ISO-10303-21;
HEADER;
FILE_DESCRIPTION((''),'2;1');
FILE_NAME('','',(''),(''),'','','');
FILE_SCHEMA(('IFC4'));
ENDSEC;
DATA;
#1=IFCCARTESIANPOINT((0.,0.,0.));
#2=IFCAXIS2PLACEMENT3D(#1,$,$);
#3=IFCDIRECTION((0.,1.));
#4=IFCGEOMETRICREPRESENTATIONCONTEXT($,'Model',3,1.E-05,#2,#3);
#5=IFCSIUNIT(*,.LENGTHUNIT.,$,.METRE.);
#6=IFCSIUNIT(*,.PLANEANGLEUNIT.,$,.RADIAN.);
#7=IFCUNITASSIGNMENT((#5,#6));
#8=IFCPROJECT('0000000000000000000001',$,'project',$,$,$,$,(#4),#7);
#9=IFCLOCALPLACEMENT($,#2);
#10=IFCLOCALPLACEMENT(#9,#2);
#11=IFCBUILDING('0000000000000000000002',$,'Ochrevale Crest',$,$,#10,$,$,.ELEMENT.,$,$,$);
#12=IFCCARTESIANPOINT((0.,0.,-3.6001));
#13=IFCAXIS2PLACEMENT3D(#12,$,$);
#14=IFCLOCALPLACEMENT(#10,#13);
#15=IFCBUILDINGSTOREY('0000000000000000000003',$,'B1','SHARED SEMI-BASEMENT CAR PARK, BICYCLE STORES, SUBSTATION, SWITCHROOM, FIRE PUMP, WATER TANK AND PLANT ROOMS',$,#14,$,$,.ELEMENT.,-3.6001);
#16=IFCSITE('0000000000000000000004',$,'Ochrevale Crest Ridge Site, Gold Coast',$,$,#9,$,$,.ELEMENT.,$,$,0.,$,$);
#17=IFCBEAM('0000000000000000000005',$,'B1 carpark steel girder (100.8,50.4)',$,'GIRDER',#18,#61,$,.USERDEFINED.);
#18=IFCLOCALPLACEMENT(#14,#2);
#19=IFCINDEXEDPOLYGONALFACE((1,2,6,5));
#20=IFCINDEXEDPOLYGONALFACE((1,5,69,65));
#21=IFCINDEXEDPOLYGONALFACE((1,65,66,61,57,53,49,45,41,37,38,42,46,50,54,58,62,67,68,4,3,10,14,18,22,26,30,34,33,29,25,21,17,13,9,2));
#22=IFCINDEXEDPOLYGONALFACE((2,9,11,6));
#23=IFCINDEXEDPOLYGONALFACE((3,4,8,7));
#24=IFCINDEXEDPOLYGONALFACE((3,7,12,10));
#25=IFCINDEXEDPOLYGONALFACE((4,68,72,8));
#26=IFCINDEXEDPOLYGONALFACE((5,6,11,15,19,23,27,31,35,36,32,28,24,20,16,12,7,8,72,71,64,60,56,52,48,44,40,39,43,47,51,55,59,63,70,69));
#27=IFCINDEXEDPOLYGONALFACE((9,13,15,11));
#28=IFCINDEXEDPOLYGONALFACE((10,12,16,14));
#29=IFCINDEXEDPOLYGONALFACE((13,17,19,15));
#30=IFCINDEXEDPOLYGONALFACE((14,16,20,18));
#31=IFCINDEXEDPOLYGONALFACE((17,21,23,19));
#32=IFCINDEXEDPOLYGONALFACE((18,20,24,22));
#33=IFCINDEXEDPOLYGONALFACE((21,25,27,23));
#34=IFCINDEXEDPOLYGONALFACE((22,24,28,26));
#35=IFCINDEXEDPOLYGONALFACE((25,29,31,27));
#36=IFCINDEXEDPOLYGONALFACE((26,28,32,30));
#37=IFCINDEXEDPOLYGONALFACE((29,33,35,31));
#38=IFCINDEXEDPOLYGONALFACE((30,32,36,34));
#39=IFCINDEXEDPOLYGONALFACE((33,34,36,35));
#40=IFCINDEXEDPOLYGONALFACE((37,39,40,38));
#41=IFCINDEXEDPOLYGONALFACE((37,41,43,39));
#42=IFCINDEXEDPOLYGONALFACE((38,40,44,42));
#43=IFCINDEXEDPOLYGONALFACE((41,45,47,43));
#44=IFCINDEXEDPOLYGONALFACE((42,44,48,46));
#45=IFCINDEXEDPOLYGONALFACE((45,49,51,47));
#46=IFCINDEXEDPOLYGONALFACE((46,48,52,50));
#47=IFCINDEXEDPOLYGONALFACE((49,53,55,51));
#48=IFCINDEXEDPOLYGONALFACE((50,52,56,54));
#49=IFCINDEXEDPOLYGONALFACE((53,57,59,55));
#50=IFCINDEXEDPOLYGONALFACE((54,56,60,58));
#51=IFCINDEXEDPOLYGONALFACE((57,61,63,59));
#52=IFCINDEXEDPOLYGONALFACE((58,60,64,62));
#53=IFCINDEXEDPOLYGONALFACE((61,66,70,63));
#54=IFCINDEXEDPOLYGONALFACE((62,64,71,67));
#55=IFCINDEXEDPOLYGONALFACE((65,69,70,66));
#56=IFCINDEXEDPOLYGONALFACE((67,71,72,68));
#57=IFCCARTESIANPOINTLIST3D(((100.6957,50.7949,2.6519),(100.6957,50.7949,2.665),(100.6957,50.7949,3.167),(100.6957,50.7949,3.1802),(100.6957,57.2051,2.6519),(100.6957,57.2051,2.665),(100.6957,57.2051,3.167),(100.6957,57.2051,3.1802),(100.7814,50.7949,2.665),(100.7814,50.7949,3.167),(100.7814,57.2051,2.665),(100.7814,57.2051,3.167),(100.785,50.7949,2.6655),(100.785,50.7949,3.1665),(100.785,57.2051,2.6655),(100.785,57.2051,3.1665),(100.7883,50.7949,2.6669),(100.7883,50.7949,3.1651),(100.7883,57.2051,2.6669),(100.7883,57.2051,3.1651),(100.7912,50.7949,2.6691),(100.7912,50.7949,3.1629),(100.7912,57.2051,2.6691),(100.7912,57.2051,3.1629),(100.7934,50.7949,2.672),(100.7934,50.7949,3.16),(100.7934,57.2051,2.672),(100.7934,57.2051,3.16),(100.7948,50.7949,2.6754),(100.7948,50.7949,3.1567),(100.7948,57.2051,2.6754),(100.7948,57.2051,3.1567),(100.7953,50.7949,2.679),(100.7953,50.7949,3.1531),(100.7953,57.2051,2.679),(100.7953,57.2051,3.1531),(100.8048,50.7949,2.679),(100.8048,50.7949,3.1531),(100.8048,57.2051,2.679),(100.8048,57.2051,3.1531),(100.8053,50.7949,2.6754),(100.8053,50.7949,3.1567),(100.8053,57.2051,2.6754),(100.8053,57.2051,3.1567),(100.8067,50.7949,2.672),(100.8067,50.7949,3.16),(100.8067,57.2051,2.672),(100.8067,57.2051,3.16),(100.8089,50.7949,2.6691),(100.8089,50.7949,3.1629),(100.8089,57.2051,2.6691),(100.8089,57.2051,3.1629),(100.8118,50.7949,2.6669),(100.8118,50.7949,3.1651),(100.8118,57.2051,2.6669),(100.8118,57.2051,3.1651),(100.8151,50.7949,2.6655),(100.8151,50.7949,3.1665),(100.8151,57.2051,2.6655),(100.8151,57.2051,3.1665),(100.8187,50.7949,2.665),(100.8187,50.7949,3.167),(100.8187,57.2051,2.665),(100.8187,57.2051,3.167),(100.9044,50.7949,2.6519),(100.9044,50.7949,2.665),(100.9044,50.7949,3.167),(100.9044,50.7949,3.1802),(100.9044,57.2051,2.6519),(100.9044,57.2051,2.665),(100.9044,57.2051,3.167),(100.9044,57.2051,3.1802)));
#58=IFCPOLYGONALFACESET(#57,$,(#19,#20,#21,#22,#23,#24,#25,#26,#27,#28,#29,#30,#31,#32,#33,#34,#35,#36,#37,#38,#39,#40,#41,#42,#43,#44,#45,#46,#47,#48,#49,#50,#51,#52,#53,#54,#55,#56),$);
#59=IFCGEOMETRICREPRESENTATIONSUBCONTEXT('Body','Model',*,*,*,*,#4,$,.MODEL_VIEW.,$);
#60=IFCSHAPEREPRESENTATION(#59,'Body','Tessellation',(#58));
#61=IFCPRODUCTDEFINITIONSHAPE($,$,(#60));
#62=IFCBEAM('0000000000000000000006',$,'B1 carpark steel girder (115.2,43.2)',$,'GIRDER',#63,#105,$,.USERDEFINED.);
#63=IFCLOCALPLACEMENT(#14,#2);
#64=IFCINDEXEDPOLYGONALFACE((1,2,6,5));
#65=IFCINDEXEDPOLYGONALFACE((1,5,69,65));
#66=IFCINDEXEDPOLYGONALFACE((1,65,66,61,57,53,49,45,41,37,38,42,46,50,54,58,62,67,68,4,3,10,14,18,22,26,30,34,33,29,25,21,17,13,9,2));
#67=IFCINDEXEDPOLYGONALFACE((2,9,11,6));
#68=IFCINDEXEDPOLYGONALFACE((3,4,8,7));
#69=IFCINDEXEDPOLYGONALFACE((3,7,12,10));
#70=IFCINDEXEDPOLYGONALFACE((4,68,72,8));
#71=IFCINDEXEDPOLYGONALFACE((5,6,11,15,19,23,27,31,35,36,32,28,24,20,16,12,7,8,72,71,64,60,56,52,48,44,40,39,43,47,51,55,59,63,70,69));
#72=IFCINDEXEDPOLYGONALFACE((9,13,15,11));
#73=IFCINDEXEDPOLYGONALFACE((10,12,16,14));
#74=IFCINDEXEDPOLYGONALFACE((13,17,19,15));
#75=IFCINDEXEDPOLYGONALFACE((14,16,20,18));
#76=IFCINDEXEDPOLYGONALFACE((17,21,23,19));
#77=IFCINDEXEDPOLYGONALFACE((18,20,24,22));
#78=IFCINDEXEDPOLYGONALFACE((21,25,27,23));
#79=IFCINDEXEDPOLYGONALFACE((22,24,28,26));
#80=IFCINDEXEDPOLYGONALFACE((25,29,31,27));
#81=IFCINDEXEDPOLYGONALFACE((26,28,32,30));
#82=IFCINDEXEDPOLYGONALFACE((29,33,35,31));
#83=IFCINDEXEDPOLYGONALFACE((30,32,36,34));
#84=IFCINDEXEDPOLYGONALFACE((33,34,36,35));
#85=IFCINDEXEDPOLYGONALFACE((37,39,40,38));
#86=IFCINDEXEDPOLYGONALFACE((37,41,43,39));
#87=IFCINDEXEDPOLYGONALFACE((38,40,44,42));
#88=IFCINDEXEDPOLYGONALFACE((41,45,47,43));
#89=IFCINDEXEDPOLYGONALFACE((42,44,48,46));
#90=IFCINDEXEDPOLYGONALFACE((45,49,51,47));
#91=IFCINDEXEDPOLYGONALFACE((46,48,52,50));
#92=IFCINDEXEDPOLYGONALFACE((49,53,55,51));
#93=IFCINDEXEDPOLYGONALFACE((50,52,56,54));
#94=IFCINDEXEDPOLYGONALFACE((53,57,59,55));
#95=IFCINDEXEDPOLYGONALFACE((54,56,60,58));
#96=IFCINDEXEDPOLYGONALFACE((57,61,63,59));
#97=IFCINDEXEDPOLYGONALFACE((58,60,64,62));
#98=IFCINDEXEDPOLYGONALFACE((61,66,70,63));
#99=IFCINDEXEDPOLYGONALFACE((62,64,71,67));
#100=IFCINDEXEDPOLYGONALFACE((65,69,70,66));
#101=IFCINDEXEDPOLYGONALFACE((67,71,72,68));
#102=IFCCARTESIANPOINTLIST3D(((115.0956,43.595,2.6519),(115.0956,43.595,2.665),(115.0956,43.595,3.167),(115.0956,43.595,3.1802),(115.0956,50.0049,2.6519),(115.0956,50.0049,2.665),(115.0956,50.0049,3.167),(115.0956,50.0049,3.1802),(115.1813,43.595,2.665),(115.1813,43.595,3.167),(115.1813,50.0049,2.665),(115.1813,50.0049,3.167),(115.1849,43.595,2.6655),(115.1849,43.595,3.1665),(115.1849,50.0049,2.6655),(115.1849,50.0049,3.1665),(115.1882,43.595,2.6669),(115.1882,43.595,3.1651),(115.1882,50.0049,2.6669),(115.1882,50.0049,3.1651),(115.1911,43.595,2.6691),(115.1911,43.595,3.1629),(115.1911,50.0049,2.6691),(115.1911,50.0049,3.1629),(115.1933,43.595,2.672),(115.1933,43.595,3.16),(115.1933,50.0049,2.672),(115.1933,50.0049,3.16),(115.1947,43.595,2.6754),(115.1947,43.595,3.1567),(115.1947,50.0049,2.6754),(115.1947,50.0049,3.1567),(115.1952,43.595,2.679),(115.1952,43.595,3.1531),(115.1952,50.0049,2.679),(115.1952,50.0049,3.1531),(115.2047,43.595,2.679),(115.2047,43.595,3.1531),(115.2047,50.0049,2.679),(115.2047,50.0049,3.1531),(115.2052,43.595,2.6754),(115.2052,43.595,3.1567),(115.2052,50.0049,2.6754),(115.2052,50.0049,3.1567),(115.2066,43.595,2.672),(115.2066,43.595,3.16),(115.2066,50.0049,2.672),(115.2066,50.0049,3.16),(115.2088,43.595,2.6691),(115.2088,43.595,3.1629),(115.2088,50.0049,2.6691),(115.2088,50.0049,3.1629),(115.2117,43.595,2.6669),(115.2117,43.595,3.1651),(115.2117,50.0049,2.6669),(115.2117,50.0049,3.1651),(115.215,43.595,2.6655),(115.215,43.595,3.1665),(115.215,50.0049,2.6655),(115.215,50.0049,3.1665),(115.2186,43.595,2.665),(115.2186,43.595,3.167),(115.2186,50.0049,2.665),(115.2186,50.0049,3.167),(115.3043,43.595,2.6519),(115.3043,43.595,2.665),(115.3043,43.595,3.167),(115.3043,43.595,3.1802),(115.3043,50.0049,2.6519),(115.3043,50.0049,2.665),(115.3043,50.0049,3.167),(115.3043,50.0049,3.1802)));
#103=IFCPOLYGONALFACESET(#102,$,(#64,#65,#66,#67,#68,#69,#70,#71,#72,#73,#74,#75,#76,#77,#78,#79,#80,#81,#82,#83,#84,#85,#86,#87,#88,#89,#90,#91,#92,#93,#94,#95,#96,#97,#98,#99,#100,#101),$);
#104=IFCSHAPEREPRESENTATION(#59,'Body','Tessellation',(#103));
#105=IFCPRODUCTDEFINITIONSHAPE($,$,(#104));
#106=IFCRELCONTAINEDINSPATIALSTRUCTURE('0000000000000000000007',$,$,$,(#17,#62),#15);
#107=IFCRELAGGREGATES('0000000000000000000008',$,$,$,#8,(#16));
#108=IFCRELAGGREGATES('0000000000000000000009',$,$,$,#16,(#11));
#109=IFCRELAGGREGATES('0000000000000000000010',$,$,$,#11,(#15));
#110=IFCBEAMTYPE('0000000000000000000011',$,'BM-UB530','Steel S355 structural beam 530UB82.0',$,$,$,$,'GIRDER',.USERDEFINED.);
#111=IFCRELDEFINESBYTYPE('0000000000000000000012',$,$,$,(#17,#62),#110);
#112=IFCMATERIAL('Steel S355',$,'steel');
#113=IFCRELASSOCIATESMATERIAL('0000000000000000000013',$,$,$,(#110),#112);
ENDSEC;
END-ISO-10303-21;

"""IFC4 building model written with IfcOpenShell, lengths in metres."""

from ifc_helpers import new_model, si_unit, direction, frame, origin, origin_2d, place, context, subcontext, project, spatial, i_section, extrude, material, material_profile, profile_set, type_object, element, save


model = new_model("IFC4")

# Units and contexts
model_context = context("Model", 3, precision=1e-05, world=origin(), true_north=direction((0.0, 1.0)))
body_context = subcontext(model_context, "Body", "Model", "MODEL_VIEW")
ifc_project = project(units=[si_unit("LENGTHUNIT", "METRE"), si_unit("PLANEANGLEUNIT", "RADIAN")], contexts=[model_context])

# Site, building, storey
site_placement = place(None, origin())
site = spatial("IfcSite", under=ifc_project, at=site_placement, Name="Ochrevale Crest Ridge Site, Gold Coast", CompositionType="ELEMENT", RefElevation=0.0)
building_placement = place(site_placement, origin())
building = spatial("IfcBuilding", under=site, at=building_placement, Name="Ochrevale Crest", CompositionType="ELEMENT")
storey_placement = place(building_placement, frame((0.0, 0.0, -3.6001)))
storey = spatial("IfcBuildingStorey", under=building, at=storey_placement, Name="B1", Description="SHARED SEMI-BASEMENT CAR PARK, BICYCLE STORES, SUBSTATION, SWITCHROOM, FIRE PUMP, WATER TANK AND PLANT ROOMS", CompositionType="ELEMENT", Elevation=-3.6001)

# Beams
ifc_material_1 = material(Name="Steel S355", Category="steel")
ifc_material_profile_1 = material_profile(ifc_material_1, i_section(OverallWidth=0.2087, OverallDepth=0.5283, WebThickness=0.0095, FlangeThickness=0.0132, FilletRadius=0.0139, at=origin_2d()), Name="530UB82.0")
ifc_profile_set_1 = profile_set([ifc_material_profile_1], Name="Steel S355")
beam_type_1 = type_object("IfcBeamType", Name="BM-UB530", Description="Steel S355 structural beam 530UB82.0", ElementType="GIRDER", PredefinedType="USERDEFINED", material=ifc_profile_set_1)
beam_1_placement = place(storey_placement, frame((100.8, 50.7949, 2.916), z_axis=(0.0, 1.0, 0.0), x_axis=(-1.0, 0.0, 0.0)))
element("IfcBeam", 1, at=beam_1_placement, inside=storey, type_object=beam_type_1, Name="B1 carpark steel girder (100.8,50.4)", ObjectType="GIRDER", PredefinedType="USERDEFINED", context=body_context, shape_type="SweptSolid", body=[
    extrude(i_section(OverallWidth=0.2087, OverallDepth=0.5283, WebThickness=0.0095, FlangeThickness=0.0132, FilletRadius=0.0139, at=origin_2d()), origin(), (0.0, 0.0, 1.0), 6.4102),
])
beam_2_placement = place(storey_placement, frame((115.2, 43.595, 2.916), z_axis=(0.0, 1.0, 0.0), x_axis=(-1.0, 0.0, 0.0)))
element("IfcBeam", 2, at=beam_2_placement, inside=storey, type_object=beam_type_1, Name="B1 carpark steel girder (115.2,43.2)", ObjectType="GIRDER", PredefinedType="USERDEFINED", context=body_context, shape_type="SweptSolid", body=[
    extrude(i_section(OverallWidth=0.2087, OverallDepth=0.5283, WebThickness=0.0095, FlangeThickness=0.0132, FilletRadius=0.0139, at=origin_2d()), origin(), (0.0, 0.0, 1.0), 6.4099),
])

save(model, "model.ifc")
